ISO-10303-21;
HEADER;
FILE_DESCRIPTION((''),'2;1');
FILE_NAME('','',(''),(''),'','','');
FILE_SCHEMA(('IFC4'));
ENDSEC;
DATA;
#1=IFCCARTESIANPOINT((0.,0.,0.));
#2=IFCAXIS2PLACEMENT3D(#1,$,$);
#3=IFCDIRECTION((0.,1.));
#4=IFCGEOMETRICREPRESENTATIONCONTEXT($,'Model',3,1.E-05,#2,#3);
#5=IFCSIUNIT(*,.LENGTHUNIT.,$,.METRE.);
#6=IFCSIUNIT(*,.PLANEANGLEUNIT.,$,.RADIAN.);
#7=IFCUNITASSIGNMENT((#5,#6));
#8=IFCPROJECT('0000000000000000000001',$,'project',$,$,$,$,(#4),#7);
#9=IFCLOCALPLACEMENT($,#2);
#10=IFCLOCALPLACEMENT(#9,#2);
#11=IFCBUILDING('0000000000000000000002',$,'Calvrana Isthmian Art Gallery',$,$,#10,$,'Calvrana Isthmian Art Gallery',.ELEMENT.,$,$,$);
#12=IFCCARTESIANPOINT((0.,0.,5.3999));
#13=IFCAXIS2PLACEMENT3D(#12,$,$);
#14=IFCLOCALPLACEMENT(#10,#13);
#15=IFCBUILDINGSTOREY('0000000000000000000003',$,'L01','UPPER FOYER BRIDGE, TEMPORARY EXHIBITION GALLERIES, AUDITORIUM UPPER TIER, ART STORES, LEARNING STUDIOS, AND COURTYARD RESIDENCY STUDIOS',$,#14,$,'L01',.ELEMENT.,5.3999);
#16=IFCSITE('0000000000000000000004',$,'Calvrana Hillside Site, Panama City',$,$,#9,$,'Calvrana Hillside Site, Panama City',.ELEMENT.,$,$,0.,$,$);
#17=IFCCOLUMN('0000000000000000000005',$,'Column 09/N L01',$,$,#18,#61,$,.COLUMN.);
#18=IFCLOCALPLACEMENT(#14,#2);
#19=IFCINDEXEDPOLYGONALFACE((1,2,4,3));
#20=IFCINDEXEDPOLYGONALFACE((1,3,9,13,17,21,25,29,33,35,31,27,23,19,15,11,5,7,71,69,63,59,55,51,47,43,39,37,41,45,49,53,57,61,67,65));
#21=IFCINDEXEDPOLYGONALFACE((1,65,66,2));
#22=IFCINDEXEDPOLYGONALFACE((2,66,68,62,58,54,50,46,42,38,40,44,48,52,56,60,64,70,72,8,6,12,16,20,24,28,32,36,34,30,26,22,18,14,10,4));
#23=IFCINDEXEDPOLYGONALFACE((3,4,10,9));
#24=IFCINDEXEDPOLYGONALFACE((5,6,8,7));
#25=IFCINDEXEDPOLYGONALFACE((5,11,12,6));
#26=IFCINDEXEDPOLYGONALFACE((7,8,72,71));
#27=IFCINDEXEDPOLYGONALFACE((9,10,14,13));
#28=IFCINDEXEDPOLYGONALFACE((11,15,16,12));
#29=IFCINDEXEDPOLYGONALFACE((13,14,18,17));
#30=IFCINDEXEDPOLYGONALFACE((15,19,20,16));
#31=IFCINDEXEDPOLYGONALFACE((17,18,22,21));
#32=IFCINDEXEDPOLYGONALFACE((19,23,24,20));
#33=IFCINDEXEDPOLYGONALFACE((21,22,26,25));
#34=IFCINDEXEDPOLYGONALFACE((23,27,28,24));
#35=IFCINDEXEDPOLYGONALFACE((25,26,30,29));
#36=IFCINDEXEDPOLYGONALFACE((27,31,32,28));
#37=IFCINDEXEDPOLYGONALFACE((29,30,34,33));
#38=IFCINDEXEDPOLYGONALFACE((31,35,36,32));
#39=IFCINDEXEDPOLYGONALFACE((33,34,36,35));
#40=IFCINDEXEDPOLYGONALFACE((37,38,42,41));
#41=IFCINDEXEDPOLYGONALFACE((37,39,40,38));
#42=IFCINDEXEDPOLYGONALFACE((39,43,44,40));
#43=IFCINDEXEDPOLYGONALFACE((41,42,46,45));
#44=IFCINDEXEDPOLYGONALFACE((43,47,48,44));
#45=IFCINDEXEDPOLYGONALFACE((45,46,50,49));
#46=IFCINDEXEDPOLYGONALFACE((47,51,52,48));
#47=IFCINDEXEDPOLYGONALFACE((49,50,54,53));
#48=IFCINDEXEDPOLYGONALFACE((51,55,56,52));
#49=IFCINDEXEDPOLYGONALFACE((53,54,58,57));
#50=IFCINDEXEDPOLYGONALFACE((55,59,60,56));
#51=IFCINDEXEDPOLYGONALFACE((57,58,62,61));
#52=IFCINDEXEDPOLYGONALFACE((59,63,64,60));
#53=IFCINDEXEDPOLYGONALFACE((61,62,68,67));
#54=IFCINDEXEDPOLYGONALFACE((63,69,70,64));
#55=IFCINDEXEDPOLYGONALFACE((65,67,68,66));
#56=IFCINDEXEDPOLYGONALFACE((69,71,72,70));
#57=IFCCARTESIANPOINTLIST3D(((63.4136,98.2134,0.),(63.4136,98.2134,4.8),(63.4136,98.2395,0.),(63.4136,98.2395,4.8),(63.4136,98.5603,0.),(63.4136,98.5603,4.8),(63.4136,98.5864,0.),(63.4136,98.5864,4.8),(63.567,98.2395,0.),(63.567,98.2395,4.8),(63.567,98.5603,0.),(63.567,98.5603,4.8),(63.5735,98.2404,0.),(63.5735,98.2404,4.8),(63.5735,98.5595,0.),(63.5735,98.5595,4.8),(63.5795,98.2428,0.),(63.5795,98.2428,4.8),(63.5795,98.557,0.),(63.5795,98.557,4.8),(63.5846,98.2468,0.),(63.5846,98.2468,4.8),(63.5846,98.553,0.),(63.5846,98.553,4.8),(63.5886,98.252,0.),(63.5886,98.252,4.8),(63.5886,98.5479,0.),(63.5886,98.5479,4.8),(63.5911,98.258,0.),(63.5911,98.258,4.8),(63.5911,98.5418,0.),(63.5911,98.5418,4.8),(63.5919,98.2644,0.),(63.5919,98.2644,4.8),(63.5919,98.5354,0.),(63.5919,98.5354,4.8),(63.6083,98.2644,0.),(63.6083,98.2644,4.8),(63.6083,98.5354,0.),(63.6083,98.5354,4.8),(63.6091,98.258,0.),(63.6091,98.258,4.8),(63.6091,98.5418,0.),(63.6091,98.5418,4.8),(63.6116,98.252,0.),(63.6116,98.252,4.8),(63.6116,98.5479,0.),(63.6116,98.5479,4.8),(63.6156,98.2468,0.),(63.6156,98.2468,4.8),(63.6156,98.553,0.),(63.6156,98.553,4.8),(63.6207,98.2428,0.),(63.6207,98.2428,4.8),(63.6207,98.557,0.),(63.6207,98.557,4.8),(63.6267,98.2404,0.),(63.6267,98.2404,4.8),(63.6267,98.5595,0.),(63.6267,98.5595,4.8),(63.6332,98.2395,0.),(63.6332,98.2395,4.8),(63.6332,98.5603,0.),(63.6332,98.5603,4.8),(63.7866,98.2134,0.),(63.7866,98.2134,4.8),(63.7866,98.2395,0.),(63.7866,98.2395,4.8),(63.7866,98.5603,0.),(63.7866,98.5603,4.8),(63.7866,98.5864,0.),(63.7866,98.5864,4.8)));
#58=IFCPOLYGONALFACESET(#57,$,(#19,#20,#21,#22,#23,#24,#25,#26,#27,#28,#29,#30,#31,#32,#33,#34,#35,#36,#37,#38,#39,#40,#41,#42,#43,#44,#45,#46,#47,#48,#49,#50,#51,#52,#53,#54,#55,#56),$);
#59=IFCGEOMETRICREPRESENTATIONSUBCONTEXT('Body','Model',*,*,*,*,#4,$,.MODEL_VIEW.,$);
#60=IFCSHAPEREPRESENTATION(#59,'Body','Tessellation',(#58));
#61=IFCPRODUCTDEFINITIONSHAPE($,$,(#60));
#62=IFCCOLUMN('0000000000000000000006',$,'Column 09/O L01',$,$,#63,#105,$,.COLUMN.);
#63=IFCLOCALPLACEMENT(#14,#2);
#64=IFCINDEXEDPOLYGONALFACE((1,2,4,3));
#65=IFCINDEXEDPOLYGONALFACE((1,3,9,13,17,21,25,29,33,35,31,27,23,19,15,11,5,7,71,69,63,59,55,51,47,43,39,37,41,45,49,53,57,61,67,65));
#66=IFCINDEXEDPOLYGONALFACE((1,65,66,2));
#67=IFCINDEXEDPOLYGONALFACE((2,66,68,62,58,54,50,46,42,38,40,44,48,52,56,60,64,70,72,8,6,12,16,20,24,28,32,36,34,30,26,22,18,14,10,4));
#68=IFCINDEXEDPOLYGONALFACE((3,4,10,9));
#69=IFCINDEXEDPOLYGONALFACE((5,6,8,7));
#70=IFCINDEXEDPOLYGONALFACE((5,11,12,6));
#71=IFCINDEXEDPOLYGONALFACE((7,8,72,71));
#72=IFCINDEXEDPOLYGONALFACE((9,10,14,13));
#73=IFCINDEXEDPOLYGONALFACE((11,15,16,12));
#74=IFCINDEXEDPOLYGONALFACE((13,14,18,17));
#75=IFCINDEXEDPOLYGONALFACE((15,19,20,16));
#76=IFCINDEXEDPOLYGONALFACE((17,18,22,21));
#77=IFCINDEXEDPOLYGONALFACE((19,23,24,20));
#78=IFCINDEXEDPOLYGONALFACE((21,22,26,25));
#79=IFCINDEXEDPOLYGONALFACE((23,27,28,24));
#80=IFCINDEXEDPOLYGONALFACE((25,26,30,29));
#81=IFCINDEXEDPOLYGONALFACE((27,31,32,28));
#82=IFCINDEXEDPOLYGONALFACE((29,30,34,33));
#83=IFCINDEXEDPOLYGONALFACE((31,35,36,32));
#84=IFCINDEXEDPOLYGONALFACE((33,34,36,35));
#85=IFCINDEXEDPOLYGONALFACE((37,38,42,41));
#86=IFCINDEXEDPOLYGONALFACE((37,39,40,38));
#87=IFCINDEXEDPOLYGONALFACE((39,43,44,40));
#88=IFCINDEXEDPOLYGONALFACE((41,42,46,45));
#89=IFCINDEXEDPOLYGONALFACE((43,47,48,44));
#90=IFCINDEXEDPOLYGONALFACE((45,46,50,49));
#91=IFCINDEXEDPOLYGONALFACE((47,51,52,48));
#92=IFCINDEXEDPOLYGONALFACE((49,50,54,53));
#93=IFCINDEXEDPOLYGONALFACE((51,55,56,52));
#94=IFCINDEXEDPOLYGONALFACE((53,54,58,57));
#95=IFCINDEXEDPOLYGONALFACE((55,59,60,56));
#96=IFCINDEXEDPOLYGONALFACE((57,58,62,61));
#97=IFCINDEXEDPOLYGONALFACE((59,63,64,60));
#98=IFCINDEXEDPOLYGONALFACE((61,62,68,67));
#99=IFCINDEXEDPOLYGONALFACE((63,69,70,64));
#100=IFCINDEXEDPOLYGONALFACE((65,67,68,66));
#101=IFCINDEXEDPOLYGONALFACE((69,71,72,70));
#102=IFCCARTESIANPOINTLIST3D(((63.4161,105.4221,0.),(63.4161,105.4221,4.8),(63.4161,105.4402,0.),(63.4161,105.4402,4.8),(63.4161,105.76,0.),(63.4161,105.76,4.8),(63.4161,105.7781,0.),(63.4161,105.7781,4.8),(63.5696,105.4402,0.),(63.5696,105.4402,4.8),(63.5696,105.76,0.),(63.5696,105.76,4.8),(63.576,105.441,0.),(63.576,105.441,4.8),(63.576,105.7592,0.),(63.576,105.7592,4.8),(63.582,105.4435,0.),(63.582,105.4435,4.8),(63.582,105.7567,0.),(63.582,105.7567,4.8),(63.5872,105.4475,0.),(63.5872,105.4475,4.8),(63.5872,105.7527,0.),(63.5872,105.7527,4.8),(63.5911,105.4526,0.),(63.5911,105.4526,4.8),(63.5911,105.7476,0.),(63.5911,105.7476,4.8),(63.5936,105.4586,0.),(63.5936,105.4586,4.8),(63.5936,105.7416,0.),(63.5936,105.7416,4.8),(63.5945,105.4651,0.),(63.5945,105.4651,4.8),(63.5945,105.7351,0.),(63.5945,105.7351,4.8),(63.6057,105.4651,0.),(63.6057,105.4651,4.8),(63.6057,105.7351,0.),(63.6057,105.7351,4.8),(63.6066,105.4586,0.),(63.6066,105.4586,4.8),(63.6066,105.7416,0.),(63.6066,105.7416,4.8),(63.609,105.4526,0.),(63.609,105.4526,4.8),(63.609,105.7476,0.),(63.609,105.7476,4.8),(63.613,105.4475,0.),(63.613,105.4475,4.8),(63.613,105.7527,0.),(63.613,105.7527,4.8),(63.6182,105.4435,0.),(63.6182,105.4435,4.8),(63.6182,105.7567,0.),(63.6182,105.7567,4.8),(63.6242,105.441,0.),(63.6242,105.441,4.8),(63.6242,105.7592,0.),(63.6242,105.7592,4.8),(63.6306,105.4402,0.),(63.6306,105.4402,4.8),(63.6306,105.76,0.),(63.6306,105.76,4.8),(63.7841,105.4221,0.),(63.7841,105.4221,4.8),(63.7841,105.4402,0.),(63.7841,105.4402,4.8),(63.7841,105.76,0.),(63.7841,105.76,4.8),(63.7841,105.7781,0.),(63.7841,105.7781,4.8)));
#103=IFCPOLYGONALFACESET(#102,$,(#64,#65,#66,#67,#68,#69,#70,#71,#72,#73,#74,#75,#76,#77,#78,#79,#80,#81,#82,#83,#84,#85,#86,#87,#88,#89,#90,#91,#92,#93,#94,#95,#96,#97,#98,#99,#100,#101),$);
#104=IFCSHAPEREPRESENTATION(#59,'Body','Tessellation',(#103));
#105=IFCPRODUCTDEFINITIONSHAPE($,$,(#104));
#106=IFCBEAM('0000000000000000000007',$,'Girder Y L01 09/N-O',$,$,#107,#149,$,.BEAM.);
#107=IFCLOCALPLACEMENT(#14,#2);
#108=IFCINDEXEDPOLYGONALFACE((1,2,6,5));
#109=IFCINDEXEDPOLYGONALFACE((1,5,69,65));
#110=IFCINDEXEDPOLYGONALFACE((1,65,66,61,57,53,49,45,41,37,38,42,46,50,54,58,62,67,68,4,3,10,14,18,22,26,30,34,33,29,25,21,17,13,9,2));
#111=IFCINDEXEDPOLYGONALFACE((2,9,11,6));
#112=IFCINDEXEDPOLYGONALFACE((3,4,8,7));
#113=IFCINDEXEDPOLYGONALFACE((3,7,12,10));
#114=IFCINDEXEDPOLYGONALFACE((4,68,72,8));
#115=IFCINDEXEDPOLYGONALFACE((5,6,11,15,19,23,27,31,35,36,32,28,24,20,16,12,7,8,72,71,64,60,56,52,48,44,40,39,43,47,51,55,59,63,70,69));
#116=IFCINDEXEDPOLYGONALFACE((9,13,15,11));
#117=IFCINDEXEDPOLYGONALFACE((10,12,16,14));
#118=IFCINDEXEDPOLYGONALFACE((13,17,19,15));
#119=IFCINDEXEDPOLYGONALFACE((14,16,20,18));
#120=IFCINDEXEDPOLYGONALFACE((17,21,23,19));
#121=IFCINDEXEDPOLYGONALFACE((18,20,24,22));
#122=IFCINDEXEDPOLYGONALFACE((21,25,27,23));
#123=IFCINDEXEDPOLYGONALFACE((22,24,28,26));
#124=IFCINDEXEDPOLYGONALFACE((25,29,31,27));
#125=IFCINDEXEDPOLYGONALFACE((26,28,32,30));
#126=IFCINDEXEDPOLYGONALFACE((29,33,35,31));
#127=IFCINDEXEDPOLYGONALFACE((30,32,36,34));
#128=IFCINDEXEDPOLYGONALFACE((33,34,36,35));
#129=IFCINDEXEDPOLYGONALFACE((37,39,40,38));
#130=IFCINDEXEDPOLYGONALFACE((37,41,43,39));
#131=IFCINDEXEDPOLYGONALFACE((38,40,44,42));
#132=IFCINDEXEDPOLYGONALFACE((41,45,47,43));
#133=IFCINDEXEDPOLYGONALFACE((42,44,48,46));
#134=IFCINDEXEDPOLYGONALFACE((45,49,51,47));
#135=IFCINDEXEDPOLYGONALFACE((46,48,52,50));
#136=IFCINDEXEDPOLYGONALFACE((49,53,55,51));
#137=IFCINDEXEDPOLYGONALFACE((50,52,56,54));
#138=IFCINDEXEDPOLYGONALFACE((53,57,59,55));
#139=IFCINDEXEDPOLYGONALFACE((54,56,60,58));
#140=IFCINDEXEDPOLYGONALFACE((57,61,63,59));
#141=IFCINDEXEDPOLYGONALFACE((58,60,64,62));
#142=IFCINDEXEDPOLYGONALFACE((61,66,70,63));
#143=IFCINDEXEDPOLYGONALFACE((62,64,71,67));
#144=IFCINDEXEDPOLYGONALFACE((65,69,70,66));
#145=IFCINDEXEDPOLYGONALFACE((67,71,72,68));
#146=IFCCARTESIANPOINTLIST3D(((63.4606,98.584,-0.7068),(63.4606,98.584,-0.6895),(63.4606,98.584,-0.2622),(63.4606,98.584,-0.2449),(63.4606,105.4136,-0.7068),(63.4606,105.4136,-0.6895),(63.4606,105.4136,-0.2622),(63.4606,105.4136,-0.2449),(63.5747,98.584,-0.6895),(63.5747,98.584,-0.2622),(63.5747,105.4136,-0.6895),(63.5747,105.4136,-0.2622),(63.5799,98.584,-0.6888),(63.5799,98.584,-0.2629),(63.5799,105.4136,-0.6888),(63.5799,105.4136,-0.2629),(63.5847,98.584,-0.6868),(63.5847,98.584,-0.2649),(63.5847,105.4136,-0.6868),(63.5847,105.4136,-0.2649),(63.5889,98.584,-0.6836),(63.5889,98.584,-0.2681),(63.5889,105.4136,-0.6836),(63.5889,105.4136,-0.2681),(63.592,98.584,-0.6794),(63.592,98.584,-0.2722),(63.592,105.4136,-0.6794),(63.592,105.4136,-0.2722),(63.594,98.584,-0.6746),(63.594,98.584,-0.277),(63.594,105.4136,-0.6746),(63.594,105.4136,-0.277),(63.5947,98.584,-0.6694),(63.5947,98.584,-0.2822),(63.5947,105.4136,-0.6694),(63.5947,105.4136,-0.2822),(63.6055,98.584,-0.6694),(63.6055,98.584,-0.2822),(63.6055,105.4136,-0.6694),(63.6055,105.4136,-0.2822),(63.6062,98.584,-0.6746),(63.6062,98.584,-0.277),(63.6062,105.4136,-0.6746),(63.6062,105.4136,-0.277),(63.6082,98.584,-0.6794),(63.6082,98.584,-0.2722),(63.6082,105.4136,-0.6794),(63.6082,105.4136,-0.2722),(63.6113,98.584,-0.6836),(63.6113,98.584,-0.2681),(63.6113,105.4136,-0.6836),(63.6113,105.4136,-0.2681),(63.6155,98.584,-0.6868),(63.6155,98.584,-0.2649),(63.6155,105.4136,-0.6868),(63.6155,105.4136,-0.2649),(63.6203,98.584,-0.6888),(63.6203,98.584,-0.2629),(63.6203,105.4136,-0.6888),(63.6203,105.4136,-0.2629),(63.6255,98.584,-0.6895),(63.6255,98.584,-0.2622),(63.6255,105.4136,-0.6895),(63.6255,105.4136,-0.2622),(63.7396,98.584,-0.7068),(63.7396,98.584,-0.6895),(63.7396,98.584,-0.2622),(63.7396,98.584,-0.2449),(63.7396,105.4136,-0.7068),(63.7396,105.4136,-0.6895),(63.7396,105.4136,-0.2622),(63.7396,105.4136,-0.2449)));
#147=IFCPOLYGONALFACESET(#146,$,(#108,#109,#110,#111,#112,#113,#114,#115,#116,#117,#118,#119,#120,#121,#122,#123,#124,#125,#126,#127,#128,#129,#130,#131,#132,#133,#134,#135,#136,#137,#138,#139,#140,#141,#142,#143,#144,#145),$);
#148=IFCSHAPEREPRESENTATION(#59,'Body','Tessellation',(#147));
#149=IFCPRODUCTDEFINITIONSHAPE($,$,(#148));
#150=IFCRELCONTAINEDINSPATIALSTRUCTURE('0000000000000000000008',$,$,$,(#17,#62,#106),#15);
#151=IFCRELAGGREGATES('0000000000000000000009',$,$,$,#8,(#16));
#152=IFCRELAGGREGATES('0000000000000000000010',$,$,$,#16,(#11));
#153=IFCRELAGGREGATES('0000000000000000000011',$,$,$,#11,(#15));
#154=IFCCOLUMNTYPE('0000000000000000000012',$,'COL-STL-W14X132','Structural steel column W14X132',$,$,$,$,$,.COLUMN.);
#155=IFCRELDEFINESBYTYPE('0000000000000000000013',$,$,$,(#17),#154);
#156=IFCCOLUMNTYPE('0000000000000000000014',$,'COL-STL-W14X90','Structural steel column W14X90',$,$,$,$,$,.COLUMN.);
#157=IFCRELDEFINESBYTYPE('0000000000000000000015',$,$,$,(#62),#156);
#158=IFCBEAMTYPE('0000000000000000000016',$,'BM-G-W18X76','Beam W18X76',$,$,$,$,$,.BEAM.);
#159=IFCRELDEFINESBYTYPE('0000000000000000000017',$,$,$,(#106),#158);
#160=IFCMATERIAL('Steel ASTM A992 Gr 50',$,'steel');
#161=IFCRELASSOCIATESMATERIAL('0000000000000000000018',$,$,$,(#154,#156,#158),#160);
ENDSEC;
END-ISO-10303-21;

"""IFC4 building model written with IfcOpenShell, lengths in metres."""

from ifc_helpers import new_model, si_unit, direction, frame, origin, origin_2d, place, context, subcontext, project, spatial, i_section, extrude, material, material_profile, profile_set, type_object, element, save


model = new_model("IFC4")

# Units and contexts
model_context = context("Model", 3, precision=1e-05, world=origin(), true_north=direction((0.0, 1.0)))
body_context = subcontext(model_context, "Body", "Model", "MODEL_VIEW")
ifc_project = project(units=[si_unit("LENGTHUNIT", "METRE"), si_unit("PLANEANGLEUNIT", "RADIAN")], contexts=[model_context])

# Site, building, storey
site_placement = place(None, origin())
site = spatial("IfcSite", under=ifc_project, at=site_placement, Name="Calvrana Hillside Site, Panama City", LongName="Calvrana Hillside Site, Panama City", CompositionType="ELEMENT", RefElevation=0.0)
building_placement = place(site_placement, origin())
building = spatial("IfcBuilding", under=site, at=building_placement, Name="Calvrana Isthmian Art Gallery", LongName="Calvrana Isthmian Art Gallery", CompositionType="ELEMENT")
storey_placement = place(building_placement, frame((0.0, 0.0, 5.3999)))
storey = spatial("IfcBuildingStorey", under=building, at=storey_placement, Name="L01", Description="UPPER FOYER BRIDGE, TEMPORARY EXHIBITION GALLERIES, AUDITORIUM UPPER TIER, ART STORES, LEARNING STUDIOS, AND COURTYARD RESIDENCY STUDIOS", LongName="L01", CompositionType="ELEMENT", Elevation=5.3999)

# Columns
ifc_material_1 = material(Name="Steel ASTM A992 Gr 50", Category="steel")
ifc_material_profile_1 = material_profile(ifc_material_1, i_section(OverallWidth=0.373, OverallDepth=0.373, WebThickness=0.0164, FlangeThickness=0.0261, FilletRadius=0.0249, at=origin_2d()), Name="W14X132")
ifc_profile_set_1 = profile_set([ifc_material_profile_1], Name="Steel ASTM A992 Gr 50")
column_type_1 = type_object("IfcColumnType", Name="COL-STL-W14X132", Description="Structural steel column W14X132", PredefinedType="COLUMN", material=ifc_profile_set_1)
column_1_placement = place(storey_placement, frame((63.6001, 98.3999, 0.0), z_axis=(0.0, 0.0, 1.0), x_axis=(1.0, 0.0, 0.0)))
element("IfcColumn", 1, at=column_1_placement, inside=storey, type_object=column_type_1, Name="Column 09/N L01", PredefinedType="COLUMN", context=body_context, shape_type="SweptSolid", body=[
    extrude(i_section(OverallWidth=0.373, OverallDepth=0.373, WebThickness=0.0164, FlangeThickness=0.0261, FilletRadius=0.0249, at=origin_2d()), origin(), (0.0, 0.0, 1.0), 4.8),
])
ifc_material_profile_2 = material_profile(ifc_material_1, i_section(OverallWidth=0.3679, OverallDepth=0.356, WebThickness=0.0112, FlangeThickness=0.0181, FilletRadius=0.0249, at=origin_2d()), Name="W14X90")
ifc_profile_set_2 = profile_set([ifc_material_profile_2], Name="Steel ASTM A992 Gr 50")
column_type_2 = type_object("IfcColumnType", Name="COL-STL-W14X90", Description="Structural steel column W14X90", PredefinedType="COLUMN", material=ifc_profile_set_2)
column_2_placement = place(storey_placement, frame((63.6001, 105.6001, 0.0), z_axis=(0.0, 0.0, 1.0), x_axis=(1.0, 0.0, 0.0)))
element("IfcColumn", 2, at=column_2_placement, inside=storey, type_object=column_type_2, Name="Column 09/O L01", PredefinedType="COLUMN", context=body_context, shape_type="SweptSolid", body=[
    extrude(i_section(OverallWidth=0.3679, OverallDepth=0.356, WebThickness=0.0112, FlangeThickness=0.0181, FilletRadius=0.0249, at=origin_2d()), origin(), (0.0, 0.0, 1.0), 4.8),
])

# Beam
ifc_material_profile_3 = material_profile(ifc_material_1, i_section(OverallWidth=0.2791, OverallDepth=0.4619, WebThickness=0.0107, FlangeThickness=0.0173, FilletRadius=0.02, at=origin_2d()), Name="W18X76")
ifc_profile_set_3 = profile_set([ifc_material_profile_3], Name="Steel ASTM A992 Gr 50")
beam_type_1 = type_object("IfcBeamType", Name="BM-G-W18X76", Description="Beam W18X76", PredefinedType="BEAM", material=ifc_profile_set_3)
beam_1_placement = place(storey_placement, frame((63.6001, 98.584, -0.4758), z_axis=(0.0, 1.0, 0.0), x_axis=(-1.0, 0.0, 0.0)))
element("IfcBeam", 3, at=beam_1_placement, inside=storey, type_object=beam_type_1, Name="Girder Y L01 09/N-O", PredefinedType="BEAM", context=body_context, shape_type="SweptSolid", body=[
    extrude(i_section(OverallWidth=0.2791, OverallDepth=0.4619, WebThickness=0.0107, FlangeThickness=0.0173, FilletRadius=0.02, at=origin_2d()), origin(), (0.0, 0.0, 1.0), 6.8296),
])

save(model, "model.ifc")
